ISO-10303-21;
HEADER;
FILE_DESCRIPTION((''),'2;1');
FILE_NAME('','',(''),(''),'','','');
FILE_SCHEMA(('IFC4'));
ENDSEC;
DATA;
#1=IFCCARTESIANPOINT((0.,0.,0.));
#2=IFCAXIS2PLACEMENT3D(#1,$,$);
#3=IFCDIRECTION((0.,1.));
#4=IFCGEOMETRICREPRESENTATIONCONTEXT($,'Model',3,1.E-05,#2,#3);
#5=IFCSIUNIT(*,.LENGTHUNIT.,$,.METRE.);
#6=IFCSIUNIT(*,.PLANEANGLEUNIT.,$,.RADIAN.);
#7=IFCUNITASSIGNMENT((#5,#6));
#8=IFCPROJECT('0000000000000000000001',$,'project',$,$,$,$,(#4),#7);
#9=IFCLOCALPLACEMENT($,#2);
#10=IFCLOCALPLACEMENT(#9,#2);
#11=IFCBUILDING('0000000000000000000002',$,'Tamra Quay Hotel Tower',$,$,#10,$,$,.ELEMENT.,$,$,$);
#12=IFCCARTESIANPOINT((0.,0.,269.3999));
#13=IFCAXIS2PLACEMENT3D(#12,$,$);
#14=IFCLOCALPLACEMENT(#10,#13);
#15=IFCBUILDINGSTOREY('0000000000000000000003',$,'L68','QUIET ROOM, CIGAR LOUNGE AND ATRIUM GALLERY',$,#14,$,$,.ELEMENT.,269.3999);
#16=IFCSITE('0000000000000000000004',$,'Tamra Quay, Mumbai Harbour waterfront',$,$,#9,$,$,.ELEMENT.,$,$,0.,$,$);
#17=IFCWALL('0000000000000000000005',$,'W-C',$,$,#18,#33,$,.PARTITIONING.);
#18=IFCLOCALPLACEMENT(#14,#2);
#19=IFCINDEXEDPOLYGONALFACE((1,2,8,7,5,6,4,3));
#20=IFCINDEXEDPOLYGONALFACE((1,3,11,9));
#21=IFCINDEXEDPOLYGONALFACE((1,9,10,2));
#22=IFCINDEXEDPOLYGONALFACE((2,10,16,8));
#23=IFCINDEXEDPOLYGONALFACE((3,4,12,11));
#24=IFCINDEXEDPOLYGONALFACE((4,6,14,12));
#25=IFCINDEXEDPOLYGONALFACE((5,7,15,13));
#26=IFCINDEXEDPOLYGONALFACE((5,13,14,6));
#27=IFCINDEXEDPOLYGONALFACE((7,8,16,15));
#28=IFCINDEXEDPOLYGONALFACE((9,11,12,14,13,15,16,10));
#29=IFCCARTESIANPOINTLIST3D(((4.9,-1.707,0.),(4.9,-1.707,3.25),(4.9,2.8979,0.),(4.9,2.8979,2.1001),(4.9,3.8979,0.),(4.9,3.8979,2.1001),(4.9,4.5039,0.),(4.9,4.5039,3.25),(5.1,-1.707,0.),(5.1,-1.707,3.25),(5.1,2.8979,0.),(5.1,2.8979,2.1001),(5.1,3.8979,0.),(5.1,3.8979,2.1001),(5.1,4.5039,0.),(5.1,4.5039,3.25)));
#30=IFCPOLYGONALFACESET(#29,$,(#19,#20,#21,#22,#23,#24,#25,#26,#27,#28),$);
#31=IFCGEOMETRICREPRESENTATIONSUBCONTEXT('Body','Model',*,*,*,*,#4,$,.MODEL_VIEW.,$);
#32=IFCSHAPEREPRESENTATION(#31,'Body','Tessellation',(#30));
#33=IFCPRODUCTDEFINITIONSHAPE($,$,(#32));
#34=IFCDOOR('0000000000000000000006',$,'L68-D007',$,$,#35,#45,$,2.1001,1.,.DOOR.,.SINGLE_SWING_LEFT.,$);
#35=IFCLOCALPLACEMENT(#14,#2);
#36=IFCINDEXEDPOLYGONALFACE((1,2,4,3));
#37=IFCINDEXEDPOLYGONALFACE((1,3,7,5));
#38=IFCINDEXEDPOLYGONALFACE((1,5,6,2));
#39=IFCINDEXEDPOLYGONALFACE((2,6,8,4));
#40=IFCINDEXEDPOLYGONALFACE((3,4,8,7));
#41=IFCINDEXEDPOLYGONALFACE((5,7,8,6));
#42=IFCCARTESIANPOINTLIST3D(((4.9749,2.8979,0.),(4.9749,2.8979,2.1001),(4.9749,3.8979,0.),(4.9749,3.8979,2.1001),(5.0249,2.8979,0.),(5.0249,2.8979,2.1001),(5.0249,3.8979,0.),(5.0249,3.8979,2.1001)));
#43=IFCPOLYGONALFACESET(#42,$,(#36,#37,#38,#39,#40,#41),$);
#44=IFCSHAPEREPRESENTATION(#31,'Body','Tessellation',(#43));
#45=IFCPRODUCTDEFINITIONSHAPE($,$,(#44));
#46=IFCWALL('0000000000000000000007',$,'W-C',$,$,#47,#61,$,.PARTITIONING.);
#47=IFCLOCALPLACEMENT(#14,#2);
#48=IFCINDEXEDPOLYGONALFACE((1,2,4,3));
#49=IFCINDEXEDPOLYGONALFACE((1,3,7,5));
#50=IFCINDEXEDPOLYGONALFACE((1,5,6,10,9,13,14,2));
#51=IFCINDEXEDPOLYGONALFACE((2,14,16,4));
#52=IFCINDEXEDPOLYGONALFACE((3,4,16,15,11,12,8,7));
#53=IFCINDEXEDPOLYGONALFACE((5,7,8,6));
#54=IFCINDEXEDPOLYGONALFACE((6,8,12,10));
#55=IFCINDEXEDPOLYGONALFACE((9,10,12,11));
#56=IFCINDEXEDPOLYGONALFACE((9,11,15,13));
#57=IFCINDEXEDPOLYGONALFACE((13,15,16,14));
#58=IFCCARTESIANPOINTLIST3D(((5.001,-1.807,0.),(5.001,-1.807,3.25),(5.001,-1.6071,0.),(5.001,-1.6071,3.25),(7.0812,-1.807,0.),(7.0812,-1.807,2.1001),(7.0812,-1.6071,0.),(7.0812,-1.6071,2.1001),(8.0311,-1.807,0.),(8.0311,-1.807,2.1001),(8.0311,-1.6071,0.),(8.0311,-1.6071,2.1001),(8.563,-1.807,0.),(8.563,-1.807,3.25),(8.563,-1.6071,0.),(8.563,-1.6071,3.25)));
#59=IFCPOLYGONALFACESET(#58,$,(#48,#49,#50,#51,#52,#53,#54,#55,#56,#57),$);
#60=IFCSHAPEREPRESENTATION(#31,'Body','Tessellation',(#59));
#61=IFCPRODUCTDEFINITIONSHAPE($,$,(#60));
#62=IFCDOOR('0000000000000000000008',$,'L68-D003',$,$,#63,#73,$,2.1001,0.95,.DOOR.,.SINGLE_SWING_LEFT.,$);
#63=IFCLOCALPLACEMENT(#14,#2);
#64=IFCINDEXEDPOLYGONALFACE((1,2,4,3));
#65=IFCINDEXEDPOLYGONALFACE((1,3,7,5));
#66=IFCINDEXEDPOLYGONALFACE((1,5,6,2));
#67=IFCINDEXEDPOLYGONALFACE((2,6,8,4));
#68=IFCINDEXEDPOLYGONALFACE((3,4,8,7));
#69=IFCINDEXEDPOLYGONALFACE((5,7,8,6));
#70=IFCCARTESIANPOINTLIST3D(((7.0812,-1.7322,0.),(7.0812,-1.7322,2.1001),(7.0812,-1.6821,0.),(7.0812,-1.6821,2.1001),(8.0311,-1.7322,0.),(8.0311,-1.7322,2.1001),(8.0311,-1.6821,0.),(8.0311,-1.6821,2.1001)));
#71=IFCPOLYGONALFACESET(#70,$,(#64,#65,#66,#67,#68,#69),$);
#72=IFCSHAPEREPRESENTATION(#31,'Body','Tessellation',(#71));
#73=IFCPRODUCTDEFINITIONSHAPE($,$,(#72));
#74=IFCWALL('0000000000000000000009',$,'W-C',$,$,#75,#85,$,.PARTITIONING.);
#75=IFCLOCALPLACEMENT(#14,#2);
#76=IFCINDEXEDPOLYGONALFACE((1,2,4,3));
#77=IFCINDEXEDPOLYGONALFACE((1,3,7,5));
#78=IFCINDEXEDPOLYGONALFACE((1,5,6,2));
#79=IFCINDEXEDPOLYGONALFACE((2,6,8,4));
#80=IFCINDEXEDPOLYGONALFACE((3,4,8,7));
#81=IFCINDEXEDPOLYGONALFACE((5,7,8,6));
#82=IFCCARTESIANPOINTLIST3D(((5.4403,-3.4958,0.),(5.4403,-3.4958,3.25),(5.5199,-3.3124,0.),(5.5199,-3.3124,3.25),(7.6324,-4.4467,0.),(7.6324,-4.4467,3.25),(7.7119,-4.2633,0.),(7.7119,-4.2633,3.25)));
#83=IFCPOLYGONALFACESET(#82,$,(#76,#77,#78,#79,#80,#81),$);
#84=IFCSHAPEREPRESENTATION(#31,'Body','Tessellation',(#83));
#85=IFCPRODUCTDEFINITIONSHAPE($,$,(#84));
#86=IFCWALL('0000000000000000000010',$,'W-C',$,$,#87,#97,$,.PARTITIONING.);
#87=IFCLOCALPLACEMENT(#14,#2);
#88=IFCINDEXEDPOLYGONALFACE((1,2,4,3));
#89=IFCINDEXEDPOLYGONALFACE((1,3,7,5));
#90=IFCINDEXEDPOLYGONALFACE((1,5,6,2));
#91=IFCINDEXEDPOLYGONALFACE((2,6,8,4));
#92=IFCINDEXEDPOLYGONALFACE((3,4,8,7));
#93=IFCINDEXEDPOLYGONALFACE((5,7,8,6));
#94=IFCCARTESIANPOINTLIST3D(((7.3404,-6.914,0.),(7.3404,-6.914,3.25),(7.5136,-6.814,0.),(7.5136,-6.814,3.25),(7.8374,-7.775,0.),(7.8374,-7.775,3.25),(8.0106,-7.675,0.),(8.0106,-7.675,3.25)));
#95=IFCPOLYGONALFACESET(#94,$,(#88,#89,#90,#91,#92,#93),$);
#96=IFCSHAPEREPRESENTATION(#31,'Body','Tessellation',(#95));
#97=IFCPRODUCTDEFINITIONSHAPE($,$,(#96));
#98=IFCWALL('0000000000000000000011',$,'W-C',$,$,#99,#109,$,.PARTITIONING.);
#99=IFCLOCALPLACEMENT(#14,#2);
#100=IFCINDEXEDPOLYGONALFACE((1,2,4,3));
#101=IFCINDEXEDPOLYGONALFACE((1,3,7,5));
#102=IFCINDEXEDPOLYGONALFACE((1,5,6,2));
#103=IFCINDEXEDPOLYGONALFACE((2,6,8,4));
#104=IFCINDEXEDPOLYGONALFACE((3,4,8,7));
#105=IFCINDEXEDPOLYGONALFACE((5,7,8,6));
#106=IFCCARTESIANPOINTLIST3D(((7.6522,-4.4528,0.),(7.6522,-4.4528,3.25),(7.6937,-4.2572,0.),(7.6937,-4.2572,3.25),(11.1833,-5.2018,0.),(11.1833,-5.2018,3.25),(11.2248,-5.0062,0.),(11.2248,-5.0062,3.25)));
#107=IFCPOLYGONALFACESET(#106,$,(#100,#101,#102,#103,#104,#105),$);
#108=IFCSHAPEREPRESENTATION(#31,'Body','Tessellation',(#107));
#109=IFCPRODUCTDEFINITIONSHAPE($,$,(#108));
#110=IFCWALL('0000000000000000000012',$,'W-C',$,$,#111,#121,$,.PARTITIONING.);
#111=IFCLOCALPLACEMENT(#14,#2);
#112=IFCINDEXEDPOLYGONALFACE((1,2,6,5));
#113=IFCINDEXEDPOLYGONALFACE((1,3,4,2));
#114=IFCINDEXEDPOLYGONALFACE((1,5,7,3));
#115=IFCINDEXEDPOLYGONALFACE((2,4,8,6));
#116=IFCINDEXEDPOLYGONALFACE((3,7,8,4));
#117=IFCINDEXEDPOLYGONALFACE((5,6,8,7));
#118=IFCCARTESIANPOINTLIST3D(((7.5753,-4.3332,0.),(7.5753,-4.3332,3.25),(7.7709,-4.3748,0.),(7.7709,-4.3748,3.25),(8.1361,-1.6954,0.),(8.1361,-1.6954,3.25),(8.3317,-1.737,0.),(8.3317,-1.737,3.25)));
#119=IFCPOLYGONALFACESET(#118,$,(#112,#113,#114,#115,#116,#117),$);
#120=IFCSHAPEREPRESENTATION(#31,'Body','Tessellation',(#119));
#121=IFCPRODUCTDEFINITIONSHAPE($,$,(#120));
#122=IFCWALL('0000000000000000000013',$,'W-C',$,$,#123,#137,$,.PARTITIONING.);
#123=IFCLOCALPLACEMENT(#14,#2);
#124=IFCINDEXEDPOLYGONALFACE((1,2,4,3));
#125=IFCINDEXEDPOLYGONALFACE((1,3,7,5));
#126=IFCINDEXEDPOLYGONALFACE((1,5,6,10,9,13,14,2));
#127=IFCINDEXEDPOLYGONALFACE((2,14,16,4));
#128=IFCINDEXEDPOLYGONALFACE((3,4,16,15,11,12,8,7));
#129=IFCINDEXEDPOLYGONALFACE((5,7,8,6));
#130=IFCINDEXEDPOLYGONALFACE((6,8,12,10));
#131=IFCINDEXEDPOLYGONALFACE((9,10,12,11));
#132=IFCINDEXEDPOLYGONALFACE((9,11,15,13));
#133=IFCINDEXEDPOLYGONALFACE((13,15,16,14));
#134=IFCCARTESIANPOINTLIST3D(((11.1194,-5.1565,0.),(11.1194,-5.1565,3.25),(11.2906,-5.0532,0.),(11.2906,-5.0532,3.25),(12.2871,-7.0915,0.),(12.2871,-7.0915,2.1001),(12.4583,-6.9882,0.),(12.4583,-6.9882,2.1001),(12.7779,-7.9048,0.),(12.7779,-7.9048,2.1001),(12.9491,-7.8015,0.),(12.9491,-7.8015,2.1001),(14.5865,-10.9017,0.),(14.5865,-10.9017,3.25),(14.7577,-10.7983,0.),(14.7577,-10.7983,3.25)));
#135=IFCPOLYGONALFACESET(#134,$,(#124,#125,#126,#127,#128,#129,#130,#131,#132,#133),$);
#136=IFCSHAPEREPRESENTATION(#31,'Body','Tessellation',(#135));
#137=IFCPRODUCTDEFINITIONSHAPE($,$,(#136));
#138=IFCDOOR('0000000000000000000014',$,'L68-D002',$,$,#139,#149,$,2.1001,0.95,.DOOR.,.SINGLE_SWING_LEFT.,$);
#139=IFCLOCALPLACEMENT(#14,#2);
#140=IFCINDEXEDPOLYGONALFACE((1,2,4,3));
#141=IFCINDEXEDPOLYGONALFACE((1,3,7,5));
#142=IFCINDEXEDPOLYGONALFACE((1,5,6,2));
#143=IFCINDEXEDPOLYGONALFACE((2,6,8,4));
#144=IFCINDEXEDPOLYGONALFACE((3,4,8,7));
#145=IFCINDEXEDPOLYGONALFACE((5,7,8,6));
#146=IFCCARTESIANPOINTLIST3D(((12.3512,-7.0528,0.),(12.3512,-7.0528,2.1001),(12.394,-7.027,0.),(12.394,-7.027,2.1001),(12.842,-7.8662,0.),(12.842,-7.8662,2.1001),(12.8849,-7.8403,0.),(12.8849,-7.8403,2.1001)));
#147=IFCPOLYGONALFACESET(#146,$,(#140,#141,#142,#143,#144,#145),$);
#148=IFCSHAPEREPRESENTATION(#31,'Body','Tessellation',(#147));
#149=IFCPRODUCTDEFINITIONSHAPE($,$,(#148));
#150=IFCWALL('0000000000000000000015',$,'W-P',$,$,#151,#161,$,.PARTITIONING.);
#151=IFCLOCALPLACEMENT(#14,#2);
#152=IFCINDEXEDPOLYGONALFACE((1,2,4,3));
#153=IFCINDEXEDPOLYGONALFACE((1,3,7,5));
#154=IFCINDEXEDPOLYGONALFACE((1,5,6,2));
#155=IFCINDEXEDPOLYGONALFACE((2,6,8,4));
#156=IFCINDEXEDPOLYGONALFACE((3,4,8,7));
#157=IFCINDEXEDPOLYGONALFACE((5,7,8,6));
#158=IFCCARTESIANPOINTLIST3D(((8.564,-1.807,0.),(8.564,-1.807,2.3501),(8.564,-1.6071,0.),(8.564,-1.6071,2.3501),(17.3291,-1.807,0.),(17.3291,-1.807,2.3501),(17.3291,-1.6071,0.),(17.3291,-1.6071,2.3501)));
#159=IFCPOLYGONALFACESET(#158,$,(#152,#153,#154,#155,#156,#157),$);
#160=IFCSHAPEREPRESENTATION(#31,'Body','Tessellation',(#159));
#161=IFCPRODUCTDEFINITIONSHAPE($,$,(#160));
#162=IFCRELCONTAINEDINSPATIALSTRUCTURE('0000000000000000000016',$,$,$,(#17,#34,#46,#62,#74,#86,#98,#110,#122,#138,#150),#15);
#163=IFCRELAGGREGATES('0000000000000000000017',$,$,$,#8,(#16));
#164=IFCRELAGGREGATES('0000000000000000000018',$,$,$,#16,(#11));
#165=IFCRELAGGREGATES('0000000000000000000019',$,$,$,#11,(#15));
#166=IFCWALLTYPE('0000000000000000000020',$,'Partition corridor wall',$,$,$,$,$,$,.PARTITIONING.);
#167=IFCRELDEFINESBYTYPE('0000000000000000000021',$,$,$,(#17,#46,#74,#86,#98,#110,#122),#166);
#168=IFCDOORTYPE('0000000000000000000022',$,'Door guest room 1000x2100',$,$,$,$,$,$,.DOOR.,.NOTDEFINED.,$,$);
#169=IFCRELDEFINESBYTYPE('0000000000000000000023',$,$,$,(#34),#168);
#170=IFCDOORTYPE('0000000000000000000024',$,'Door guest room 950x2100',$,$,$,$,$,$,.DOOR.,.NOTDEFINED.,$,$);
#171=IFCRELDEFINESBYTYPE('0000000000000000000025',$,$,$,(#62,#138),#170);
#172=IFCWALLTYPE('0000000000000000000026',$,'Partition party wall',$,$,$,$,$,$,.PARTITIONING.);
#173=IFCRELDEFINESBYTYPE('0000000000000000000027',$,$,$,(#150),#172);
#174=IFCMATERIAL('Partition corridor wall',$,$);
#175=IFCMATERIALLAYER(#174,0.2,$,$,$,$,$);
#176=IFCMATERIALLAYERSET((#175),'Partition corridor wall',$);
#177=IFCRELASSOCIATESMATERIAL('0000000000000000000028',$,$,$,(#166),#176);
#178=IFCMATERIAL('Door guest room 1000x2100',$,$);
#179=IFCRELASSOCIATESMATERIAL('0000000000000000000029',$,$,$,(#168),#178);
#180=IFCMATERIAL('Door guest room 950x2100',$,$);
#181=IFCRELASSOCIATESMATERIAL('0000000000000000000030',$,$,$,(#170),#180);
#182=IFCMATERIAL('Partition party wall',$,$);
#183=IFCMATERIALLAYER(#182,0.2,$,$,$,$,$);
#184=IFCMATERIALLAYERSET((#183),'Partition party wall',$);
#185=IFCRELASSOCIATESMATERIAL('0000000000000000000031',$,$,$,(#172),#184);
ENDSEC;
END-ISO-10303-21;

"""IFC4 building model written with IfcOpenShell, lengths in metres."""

from ifc_helpers import new_model, si_unit, direction, frame, frame_2d, origin, place, context, subcontext, project, spatial, rectangle, extrude, material, layer, layer_set, type_object, element, fill, save


model = new_model("IFC4")

# Units and contexts
model_context = context("Model", 3, precision=1e-05, world=origin(), true_north=direction((0.0, 1.0)))
body_context = subcontext(model_context, "Body", "Model", "MODEL_VIEW")
ifc_project = project(units=[si_unit("LENGTHUNIT", "METRE"), si_unit("PLANEANGLEUNIT", "RADIAN")], contexts=[model_context])

# Site, building, storey
site_placement = place(None, origin())
site = spatial("IfcSite", under=ifc_project, at=site_placement, Name="Tamra Quay, Mumbai Harbour waterfront", CompositionType="ELEMENT", RefElevation=0.0)
building_placement = place(site_placement, origin())
building = spatial("IfcBuilding", under=site, at=building_placement, Name="Tamra Quay Hotel Tower", CompositionType="ELEMENT")
storey_placement = place(building_placement, frame((0.0, 0.0, 269.3999)))
storey = spatial("IfcBuildingStorey", under=building, at=storey_placement, Name="L68", Description="QUIET ROOM, CIGAR LOUNGE AND ATRIUM GALLERY", CompositionType="ELEMENT", Elevation=269.3999)

# Shared definitions
ifc_material_1 = material(Name="Partition corridor wall")
ifc_layer_1 = layer(ifc_material_1, 0.2)
ifc_layer_set_1 = layer_set([ifc_layer_1], Name="Partition corridor wall")
wall_type_1 = type_object("IfcWallType", Name="Partition corridor wall", PredefinedType="PARTITIONING", material=ifc_layer_set_1)

# Walls, openings, doors
wall_1_placement = place(storey_placement, frame((5.0, -1.707, 0.0), z_axis=(0.0, 0.0, 1.0), x_axis=(0.0, 1.0, 0.0)))
wall_1 = element("IfcWall", 1, at=wall_1_placement, inside=storey, type_object=wall_type_1, Name="W-C", PredefinedType="PARTITIONING", context=body_context, shape_type="SweptSolid", body=[
    extrude(rectangle(XDim=6.2109, YDim=0.2, at=frame_2d((3.1055, 0.0))), origin(), (0.0, 0.0, 1.0), 3.25),
])
opening_1_placement = place(wall_1_placement, frame((4.605, 0.0, 0.0)))
opening_1 = element("IfcOpeningElement", 2, at=opening_1_placement, cuts=wall_1, PredefinedType="OPENING", context=body_context, shape_type="SweptSolid", body=[
    extrude(rectangle(XDim=1.0, YDim=2.1001, at=frame_2d((0.5, 1.05))), frame((0.0, 0.1099, 0.0), z_axis=(0.0, -1.0, 0.0), x_axis=(1.0, 0.0, 0.0)), (0.0, 0.0, 1.0), 0.22),
])
ifc_material_2 = material(Name="Door guest room 1000x2100")
door_type_1 = type_object("IfcDoorType", Name="Door guest room 1000x2100", OperationType="NOTDEFINED", PredefinedType="DOOR", material=ifc_material_2)
door_1_placement = place(opening_1_placement, frame((1.0, 0.0, 0.0), z_axis=(0.0, 0.0, 1.0), x_axis=(-1.0, 0.0, 0.0)))
door_1 = element("IfcDoor", 3, at=door_1_placement, inside=storey, type_object=door_type_1, Name="L68-D007", OperationType="SINGLE_SWING_LEFT", OverallHeight=2.1001, OverallWidth=1.0, PredefinedType="DOOR", context=body_context, shape_type="SweptSolid", body=[
    extrude(rectangle(XDim=1.0, YDim=2.1001, at=frame_2d((0.5, 1.05))), frame((0.0, 0.0249, 0.0), z_axis=(0.0, -1.0, 0.0), x_axis=(1.0, 0.0, 0.0)), (0.0, 0.0, 1.0), 0.05),
])
fill(opening_1, door_1)
wall_2_placement = place(storey_placement, frame((5.001, -1.707, 0.0), z_axis=(0.0, 0.0, 1.0), x_axis=(1.0, 0.0, 0.0)))
wall_2 = element("IfcWall", 4, at=wall_2_placement, inside=storey, type_object=wall_type_1, Name="W-C", PredefinedType="PARTITIONING", context=body_context, shape_type="SweptSolid", body=[
    extrude(rectangle(XDim=3.562, YDim=0.2, at=frame_2d((1.781, 0.0))), origin(), (0.0, 0.0, 1.0), 3.25),
])
opening_2_placement = place(wall_2_placement, frame((2.0801, 0.0, 0.0)))
opening_2 = element("IfcOpeningElement", 5, at=opening_2_placement, cuts=wall_2, PredefinedType="OPENING", context=body_context, shape_type="SweptSolid", body=[
    extrude(rectangle(XDim=0.95, YDim=2.1001, at=frame_2d((0.4751, 1.05))), frame((0.0, 0.1099, 0.0), z_axis=(0.0, -1.0, 0.0), x_axis=(1.0, 0.0, 0.0)), (0.0, 0.0, 1.0), 0.22),
])
ifc_material_3 = material(Name="Door guest room 950x2100")
door_type_2 = type_object("IfcDoorType", Name="Door guest room 950x2100", OperationType="NOTDEFINED", PredefinedType="DOOR", material=ifc_material_3)
door_2_placement = place(opening_2_placement, origin())
door_2 = element("IfcDoor", 6, at=door_2_placement, inside=storey, type_object=door_type_2, Name="L68-D003", OperationType="SINGLE_SWING_LEFT", OverallHeight=2.1001, OverallWidth=0.95, PredefinedType="DOOR", context=body_context, shape_type="SweptSolid", body=[
    extrude(rectangle(XDim=0.95, YDim=2.1001, at=frame_2d((0.4751, 1.05))), frame((0.0, 0.0249, 0.0), z_axis=(0.0, -1.0, 0.0), x_axis=(1.0, 0.0, 0.0)), (0.0, 0.0, 1.0), 0.05),
])
fill(opening_2, door_2)

# Walls
wall_3_placement = place(storey_placement, frame((5.48, -3.4041, 0.0), z_axis=(0.0, 0.0, 1.0), x_axis=(0.917403, -0.39796, 0.0)))
element("IfcWall", 7, at=wall_3_placement, inside=storey, type_object=wall_type_1, Name="W-C", PredefinedType="PARTITIONING", context=body_context, shape_type="SweptSolid", body=[
    extrude(rectangle(XDim=2.3894, YDim=0.2, at=frame_2d((1.1948, 0.0))), origin(), (0.0, 0.0, 1.0), 3.25),
])
wall_4_placement = place(storey_placement, frame((7.427, -6.864, 0.0), z_axis=(0.0, 0.0, 1.0), x_axis=(0.499942, -0.866059, 0.0)))
element("IfcWall", 8, at=wall_4_placement, inside=storey, type_object=wall_type_1, Name="W-C", PredefinedType="PARTITIONING", context=body_context, shape_type="SweptSolid", body=[
    extrude(rectangle(XDim=0.9941, YDim=0.2, at=frame_2d((0.4971, 0.0))), origin(), (0.0, 0.0, 1.0), 3.25),
])
wall_5_placement = place(storey_placement, frame((7.6731, -4.355, 0.0), z_axis=(0.0, 0.0, 1.0), x_axis=(0.978233, -0.20751, 0.0)))
element("IfcWall", 9, at=wall_5_placement, inside=storey, type_object=wall_type_1, Name="W-C", PredefinedType="PARTITIONING", context=body_context, shape_type="SweptSolid", body=[
    extrude(rectangle(XDim=3.6096, YDim=0.2, at=frame_2d((1.8047, 0.0))), origin(), (0.0, 0.0, 1.0), 3.25),
])
wall_6_placement = place(storey_placement, frame((7.6731, -4.354, 0.0), z_axis=(0.0, 0.0, 1.0), x_axis=(0.20794, 0.978142, 0.0)))
element("IfcWall", 10, at=wall_6_placement, inside=storey, type_object=wall_type_1, Name="W-C", PredefinedType="PARTITIONING", context=body_context, shape_type="SweptSolid", body=[
    extrude(rectangle(XDim=2.6968, YDim=0.2, at=frame_2d((1.3484, 0.0))), origin(), (0.0, 0.0, 1.0), 3.25),
])

# Wall, opening, door
wall_7_placement = place(storey_placement, frame((11.2051, -5.105, 0.0), z_axis=(0.0, 0.0, 1.0), x_axis=(0.516682, -0.856177, 0.0)))
wall_7 = element("IfcWall", 11, at=wall_7_placement, inside=storey, type_object=wall_type_1, Name="W-C", PredefinedType="PARTITIONING", context=body_context, shape_type="SweptSolid", body=[
    extrude(rectangle(XDim=6.7102, YDim=0.2, at=frame_2d((3.355, 0.0))), origin(), (0.0, 0.0, 1.0), 3.25),
])
opening_3_placement = place(wall_7_placement, frame((2.2598, 0.0, 0.0)))
opening_3 = element("IfcOpeningElement", 12, at=opening_3_placement, cuts=wall_7, PredefinedType="OPENING", context=body_context, shape_type="SweptSolid", body=[
    extrude(rectangle(XDim=0.95, YDim=2.1001, at=frame_2d((0.4751, 1.05))), frame((0.0, 0.1099, 0.0), z_axis=(0.0, -1.0, 0.0), x_axis=(1.0, 0.0, 0.0)), (0.0, 0.0, 1.0), 0.22),
])
door_3_placement = place(opening_3_placement, origin())
door_3 = element("IfcDoor", 13, at=door_3_placement, inside=storey, type_object=door_type_2, Name="L68-D002", OperationType="SINGLE_SWING_LEFT", OverallHeight=2.1001, OverallWidth=0.95, PredefinedType="DOOR", context=body_context, shape_type="SweptSolid", body=[
    extrude(rectangle(XDim=0.95, YDim=2.1001, at=frame_2d((0.4751, 1.05))), frame((0.0, 0.0249, 0.0), z_axis=(0.0, -1.0, 0.0), x_axis=(1.0, 0.0, 0.0)), (0.0, 0.0, 1.0), 0.05),
])
fill(opening_3, door_3)

# Wall
ifc_material_4 = material(Name="Partition party wall")
ifc_layer_2 = layer(ifc_material_4, 0.2)
ifc_layer_set_2 = layer_set([ifc_layer_2], Name="Partition party wall")
wall_type_2 = type_object("IfcWallType", Name="Partition party wall", PredefinedType="PARTITIONING", material=ifc_layer_set_2)
wall_8_placement = place(storey_placement, frame((8.564, -1.707, 0.0), z_axis=(0.0, 0.0, 1.0), x_axis=(1.0, 0.0, 0.0)))
element("IfcWall", 14, at=wall_8_placement, inside=storey, type_object=wall_type_2, Name="W-P", PredefinedType="PARTITIONING", context=body_context, shape_type="SweptSolid", body=[
    extrude(rectangle(XDim=8.7651, YDim=0.2, at=frame_2d((4.3826, 0.0))), origin(), (0.0, 0.0, 1.0), 2.3501),
])

save(model, "model.ifc")
